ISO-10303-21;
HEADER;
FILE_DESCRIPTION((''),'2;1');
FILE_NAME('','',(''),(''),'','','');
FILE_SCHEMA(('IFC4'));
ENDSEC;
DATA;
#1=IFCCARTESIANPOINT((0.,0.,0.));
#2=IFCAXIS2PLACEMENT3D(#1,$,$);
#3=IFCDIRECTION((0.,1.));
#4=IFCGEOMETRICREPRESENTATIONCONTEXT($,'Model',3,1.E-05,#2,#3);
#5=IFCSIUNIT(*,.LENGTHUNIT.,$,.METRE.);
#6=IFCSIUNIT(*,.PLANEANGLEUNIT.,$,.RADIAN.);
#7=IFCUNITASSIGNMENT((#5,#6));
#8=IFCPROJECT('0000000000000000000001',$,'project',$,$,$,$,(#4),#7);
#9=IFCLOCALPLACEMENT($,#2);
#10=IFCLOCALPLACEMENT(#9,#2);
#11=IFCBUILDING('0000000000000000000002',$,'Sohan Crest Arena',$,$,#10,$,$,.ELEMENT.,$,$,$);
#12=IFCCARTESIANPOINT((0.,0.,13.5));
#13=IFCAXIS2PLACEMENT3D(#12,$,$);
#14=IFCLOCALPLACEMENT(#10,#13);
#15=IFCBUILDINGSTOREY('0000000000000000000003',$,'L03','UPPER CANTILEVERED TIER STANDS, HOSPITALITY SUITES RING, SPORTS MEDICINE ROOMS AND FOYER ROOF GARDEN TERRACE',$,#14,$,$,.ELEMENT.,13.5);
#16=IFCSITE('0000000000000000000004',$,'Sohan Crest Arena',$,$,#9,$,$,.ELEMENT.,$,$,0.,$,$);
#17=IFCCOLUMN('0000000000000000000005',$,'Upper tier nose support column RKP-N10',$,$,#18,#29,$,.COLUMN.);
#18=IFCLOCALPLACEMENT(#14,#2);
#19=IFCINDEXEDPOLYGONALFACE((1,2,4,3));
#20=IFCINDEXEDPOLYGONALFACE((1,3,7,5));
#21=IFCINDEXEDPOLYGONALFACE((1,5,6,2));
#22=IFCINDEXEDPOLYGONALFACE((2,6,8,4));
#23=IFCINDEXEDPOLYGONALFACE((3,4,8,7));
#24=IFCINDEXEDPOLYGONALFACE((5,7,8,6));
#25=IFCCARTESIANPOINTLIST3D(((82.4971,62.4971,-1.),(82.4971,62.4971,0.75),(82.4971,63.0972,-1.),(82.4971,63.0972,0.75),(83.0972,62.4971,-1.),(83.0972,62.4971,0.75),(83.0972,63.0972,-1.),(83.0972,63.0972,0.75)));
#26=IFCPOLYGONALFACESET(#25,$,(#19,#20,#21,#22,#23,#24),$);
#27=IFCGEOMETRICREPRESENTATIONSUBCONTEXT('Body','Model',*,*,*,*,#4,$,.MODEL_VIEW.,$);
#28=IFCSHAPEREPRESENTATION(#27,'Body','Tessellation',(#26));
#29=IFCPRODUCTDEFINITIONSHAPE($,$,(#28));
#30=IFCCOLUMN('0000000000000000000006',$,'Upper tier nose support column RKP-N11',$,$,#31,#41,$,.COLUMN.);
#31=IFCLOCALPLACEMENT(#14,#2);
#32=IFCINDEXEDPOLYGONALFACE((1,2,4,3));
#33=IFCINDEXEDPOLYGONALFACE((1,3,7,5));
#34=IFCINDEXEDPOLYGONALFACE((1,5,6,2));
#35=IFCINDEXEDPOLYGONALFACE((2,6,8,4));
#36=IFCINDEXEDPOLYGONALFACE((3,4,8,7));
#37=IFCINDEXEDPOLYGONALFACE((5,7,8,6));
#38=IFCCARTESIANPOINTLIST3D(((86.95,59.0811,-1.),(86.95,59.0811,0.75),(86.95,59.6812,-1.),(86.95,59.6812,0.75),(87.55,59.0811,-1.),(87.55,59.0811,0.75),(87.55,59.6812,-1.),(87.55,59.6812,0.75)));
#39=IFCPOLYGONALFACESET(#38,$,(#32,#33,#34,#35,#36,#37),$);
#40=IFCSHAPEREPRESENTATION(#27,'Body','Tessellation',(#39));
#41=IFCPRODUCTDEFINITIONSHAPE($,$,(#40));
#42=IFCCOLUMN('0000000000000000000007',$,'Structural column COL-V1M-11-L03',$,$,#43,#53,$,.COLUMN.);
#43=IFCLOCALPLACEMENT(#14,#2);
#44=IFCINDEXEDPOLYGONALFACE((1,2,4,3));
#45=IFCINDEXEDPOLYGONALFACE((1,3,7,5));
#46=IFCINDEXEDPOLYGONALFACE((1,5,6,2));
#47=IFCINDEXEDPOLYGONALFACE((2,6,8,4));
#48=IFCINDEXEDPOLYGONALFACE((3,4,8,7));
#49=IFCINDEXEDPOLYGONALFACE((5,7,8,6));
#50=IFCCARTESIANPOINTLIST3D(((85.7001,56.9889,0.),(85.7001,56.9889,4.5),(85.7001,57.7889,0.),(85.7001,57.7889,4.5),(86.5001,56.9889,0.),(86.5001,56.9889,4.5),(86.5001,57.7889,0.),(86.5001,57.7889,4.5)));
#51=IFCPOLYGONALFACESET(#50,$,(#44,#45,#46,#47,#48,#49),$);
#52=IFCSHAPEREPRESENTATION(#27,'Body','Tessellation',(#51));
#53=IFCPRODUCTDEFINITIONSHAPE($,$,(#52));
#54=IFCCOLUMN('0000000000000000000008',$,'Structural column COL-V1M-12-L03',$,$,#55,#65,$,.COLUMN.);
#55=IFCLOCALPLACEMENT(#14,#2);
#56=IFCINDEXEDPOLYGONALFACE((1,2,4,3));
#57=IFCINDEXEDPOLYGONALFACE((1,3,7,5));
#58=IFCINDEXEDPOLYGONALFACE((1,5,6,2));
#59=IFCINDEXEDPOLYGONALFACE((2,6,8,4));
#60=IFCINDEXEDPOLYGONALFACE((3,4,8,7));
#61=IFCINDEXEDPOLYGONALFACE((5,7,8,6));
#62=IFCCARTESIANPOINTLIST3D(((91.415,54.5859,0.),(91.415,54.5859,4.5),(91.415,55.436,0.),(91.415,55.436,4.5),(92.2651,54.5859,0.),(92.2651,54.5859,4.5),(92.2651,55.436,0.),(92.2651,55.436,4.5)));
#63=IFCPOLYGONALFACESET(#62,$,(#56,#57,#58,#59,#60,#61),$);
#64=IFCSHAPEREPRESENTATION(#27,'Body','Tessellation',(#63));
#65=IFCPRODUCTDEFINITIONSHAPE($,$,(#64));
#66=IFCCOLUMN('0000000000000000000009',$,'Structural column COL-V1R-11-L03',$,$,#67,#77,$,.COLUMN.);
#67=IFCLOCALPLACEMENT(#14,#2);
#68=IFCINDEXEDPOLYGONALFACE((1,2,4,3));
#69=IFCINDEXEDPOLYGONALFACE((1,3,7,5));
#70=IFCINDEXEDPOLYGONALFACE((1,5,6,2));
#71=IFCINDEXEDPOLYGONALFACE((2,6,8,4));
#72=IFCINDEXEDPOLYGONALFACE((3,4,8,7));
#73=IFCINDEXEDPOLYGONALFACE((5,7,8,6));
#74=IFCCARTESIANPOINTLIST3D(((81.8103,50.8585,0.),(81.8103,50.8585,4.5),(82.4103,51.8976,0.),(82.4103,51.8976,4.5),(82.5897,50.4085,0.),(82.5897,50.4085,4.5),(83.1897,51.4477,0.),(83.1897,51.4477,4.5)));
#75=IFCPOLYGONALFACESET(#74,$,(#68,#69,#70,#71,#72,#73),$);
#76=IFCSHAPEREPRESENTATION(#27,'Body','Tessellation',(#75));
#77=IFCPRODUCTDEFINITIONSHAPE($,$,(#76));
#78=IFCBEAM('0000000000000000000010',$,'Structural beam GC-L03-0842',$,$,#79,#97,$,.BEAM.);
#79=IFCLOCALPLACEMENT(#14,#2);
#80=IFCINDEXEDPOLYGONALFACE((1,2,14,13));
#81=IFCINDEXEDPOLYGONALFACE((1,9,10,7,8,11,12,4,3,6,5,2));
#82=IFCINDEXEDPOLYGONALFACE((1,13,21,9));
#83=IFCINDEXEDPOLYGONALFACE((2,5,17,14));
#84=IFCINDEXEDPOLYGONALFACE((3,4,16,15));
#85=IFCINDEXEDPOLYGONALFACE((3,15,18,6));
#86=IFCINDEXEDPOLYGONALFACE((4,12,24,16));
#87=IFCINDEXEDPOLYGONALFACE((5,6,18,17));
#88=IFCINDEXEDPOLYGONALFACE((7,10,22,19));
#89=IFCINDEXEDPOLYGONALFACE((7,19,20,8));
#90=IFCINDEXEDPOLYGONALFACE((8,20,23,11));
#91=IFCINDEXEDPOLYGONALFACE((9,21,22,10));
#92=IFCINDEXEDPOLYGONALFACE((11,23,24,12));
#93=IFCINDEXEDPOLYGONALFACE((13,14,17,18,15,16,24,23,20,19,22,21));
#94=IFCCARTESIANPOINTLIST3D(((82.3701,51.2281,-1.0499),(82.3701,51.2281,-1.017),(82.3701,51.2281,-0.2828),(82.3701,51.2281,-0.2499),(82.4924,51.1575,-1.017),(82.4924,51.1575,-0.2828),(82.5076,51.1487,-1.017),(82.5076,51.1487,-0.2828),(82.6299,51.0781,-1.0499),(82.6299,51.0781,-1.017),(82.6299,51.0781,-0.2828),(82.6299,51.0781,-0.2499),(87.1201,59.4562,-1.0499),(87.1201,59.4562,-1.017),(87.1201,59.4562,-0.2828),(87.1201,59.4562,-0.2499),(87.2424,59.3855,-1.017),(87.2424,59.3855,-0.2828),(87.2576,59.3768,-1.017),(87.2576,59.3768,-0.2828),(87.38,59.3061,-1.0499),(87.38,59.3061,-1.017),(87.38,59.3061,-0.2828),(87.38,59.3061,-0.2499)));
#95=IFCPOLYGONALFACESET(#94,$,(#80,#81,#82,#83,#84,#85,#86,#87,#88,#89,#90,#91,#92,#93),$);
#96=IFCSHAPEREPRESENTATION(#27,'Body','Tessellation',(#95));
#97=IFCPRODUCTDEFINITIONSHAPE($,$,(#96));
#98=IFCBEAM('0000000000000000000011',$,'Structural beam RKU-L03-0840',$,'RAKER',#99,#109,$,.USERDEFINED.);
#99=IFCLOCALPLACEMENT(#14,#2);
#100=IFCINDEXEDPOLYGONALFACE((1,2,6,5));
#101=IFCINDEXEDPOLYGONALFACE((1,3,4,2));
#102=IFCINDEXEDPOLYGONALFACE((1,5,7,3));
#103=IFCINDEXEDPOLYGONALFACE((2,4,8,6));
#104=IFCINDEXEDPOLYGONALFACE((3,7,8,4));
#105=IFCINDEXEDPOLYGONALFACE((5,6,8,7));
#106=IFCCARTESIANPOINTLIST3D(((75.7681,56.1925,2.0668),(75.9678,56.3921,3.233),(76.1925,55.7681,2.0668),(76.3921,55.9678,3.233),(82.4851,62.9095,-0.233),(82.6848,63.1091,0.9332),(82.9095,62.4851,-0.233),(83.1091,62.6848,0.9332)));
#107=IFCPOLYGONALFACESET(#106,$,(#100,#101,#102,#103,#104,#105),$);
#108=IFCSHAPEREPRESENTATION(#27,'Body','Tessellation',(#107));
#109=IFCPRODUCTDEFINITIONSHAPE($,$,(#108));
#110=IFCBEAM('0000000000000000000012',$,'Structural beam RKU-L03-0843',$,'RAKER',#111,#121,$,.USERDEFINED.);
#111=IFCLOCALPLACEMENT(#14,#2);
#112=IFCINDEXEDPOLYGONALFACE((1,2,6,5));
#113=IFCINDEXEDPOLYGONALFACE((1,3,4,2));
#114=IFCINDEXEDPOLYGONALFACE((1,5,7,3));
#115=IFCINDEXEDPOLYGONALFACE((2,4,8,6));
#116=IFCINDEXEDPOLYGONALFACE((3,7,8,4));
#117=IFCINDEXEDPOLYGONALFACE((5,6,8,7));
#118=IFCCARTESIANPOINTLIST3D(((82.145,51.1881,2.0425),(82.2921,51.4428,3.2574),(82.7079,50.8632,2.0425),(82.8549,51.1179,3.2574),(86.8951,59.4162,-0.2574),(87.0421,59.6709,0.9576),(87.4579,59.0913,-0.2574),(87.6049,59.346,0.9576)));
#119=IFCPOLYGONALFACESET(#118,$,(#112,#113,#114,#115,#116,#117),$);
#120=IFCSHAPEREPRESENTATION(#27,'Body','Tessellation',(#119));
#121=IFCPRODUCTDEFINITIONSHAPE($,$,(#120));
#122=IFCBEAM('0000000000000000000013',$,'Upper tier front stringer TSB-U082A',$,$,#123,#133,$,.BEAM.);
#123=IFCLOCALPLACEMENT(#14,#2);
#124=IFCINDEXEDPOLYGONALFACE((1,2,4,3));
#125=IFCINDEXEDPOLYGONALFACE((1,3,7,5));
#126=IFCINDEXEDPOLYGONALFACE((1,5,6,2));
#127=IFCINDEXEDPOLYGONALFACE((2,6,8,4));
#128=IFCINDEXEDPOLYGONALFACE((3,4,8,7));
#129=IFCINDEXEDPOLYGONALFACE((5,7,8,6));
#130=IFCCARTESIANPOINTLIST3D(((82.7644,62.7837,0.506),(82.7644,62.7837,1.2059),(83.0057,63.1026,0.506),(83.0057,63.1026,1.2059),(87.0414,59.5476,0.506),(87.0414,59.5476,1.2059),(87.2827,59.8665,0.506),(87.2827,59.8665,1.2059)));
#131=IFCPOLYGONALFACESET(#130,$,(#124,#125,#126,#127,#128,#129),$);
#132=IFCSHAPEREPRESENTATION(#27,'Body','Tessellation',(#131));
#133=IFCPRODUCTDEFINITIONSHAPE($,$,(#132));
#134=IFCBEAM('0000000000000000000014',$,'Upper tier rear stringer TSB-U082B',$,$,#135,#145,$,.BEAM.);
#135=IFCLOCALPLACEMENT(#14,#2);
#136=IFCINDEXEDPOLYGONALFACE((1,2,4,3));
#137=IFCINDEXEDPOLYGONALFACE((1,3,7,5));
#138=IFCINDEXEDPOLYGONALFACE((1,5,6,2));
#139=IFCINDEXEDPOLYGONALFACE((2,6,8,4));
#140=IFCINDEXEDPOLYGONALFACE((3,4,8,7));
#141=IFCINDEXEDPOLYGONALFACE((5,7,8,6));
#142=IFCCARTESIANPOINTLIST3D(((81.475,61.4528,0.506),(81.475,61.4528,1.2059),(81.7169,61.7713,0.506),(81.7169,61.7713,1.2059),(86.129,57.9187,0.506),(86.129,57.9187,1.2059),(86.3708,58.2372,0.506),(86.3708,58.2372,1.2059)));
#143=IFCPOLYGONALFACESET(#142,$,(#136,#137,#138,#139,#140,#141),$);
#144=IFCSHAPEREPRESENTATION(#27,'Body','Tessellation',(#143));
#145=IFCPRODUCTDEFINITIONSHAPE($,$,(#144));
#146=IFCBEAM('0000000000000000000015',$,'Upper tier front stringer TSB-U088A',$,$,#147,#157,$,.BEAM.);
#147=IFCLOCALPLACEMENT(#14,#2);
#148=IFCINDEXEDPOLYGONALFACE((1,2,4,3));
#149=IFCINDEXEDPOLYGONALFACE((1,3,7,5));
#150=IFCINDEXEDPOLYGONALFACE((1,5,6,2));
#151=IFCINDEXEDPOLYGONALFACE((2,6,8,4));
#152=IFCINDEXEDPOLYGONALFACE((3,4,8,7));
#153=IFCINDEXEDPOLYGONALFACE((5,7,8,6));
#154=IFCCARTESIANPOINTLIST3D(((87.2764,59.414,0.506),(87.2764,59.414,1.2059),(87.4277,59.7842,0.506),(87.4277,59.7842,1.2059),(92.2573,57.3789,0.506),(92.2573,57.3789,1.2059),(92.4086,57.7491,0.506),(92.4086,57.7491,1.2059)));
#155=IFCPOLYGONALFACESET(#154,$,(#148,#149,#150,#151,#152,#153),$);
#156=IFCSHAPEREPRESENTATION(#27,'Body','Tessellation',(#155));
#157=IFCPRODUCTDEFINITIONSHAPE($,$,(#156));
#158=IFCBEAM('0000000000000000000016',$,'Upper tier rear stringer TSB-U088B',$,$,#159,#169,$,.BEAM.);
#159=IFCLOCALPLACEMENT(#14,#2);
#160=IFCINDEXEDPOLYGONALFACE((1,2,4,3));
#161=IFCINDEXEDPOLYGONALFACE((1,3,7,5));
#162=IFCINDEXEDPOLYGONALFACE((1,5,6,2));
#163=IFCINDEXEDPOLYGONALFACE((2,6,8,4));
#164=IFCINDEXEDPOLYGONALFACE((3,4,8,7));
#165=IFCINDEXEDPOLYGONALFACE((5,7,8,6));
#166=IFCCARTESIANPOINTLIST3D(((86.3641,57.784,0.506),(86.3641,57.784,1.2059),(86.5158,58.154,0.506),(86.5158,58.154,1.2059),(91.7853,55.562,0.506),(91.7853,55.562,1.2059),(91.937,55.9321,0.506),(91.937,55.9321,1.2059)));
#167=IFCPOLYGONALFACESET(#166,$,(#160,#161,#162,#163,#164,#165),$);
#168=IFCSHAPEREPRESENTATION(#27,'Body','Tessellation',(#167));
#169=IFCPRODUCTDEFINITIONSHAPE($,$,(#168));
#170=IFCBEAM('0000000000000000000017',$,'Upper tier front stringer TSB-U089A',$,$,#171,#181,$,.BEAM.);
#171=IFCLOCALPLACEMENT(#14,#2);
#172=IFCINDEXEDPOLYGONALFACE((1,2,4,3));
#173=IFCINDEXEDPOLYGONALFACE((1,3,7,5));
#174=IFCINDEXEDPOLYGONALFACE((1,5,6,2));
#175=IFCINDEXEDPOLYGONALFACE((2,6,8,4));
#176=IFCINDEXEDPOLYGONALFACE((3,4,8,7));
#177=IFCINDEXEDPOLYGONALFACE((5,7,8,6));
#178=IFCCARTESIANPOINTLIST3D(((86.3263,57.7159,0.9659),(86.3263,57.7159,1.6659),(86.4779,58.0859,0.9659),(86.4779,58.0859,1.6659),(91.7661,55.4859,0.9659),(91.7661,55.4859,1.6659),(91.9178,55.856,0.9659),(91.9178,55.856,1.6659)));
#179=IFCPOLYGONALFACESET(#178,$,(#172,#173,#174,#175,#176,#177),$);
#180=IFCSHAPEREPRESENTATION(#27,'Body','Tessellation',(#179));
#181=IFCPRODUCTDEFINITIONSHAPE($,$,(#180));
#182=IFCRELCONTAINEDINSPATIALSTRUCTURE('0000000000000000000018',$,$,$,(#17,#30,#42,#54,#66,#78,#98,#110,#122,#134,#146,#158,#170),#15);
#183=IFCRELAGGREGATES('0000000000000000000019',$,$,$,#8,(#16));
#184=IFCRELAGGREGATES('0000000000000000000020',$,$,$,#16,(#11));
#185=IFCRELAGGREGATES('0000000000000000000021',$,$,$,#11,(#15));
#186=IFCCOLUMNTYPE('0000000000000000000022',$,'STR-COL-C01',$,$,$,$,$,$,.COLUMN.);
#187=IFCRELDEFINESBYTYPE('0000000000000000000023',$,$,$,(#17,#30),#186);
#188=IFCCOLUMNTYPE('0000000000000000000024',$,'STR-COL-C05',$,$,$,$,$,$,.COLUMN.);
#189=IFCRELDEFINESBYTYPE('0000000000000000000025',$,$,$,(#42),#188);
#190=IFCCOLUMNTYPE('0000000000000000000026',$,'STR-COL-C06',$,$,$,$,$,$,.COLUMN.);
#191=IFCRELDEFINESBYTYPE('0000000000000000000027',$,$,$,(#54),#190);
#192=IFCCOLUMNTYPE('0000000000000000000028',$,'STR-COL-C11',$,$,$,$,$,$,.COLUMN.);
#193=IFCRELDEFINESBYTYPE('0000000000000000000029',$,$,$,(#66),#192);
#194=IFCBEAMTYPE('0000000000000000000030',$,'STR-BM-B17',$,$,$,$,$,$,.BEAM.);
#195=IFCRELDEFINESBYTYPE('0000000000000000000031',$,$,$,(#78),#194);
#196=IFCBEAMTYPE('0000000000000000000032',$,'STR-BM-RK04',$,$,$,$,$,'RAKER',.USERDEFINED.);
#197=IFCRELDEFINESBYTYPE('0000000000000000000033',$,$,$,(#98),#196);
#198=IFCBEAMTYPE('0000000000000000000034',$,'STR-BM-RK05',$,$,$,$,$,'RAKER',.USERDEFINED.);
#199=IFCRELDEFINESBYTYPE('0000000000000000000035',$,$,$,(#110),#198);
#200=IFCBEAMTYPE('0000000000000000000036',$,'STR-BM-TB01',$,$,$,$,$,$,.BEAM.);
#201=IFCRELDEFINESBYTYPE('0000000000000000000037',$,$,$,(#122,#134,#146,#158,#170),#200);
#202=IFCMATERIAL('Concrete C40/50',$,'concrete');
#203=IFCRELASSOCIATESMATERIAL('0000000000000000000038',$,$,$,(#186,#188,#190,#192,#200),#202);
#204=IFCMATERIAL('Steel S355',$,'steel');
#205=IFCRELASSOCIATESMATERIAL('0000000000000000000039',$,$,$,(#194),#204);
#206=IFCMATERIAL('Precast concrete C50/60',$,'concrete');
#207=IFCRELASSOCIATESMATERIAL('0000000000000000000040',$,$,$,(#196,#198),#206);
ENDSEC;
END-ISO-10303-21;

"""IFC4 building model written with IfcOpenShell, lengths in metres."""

from ifc_helpers import new_model, si_unit, direction, frame, origin, origin_2d, place, context, subcontext, project, spatial, rectangle, i_section, extrude, material, material_profile, profile_set, type_object, element, save


model = new_model("IFC4")

# Units and contexts
model_context = context("Model", 3, precision=1e-05, world=origin(), true_north=direction((0.0, 1.0)))
body_context = subcontext(model_context, "Body", "Model", "MODEL_VIEW")
ifc_project = project(units=[si_unit("LENGTHUNIT", "METRE"), si_unit("PLANEANGLEUNIT", "RADIAN")], contexts=[model_context])

# Site, building, storey
site_placement = place(None, origin())
site = spatial("IfcSite", under=ifc_project, at=site_placement, Name="Sohan Crest Arena", CompositionType="ELEMENT", RefElevation=0.0)
building_placement = place(site_placement, origin())
building = spatial("IfcBuilding", under=site, at=building_placement, Name="Sohan Crest Arena", CompositionType="ELEMENT")
storey_placement = place(building_placement, frame((0.0, 0.0, 13.5)))
storey = spatial("IfcBuildingStorey", under=building, at=storey_placement, Name="L03", Description="UPPER CANTILEVERED TIER STANDS, HOSPITALITY SUITES RING, SPORTS MEDICINE ROOMS AND FOYER ROOF GARDEN TERRACE", CompositionType="ELEMENT", Elevation=13.5)

# Columns
ifc_material_1 = material(Name="Concrete C40/50", Category="concrete")
ifc_material_profile_1 = material_profile(ifc_material_1, rectangle(XDim=0.6001, YDim=0.6001, at=origin_2d()), Name="RC 600x600")
ifc_profile_set_1 = profile_set([ifc_material_profile_1], Name="Concrete C40/50")
column_type_1 = type_object("IfcColumnType", Name="STR-COL-C01", PredefinedType="COLUMN", material=ifc_profile_set_1)
for number, where, z_axis, x_axis, name in (
    (1, (82.7971, 62.7971, -1.0), (0.0, 0.0, 1.0), (1.0, 0.0, 0.0), "Upper tier nose support column RKP-N10"),
    (2, (87.25, 59.3811, -1.0), (0.0, 0.0, 1.0), (1.0, 0.0, 0.0), "Upper tier nose support column RKP-N11"),
):
    element("IfcColumn", number, at=place(storey_placement, frame(where, z_axis=z_axis, x_axis=x_axis)), inside=storey, type_object=column_type_1, Name=name, PredefinedType="COLUMN", context=body_context, shape_type="SweptSolid", body=[
        extrude(rectangle(XDim=0.6001, YDim=0.6001, at=origin_2d()), origin(), (0.0, 0.0, 1.0), 1.75),
    ])
ifc_material_profile_2 = material_profile(ifc_material_1, rectangle(XDim=0.8, YDim=0.8, at=origin_2d()), Name="RC 800x800")
ifc_profile_set_2 = profile_set([ifc_material_profile_2], Name="Concrete C40/50")
column_type_2 = type_object("IfcColumnType", Name="STR-COL-C05", PredefinedType="COLUMN", material=ifc_profile_set_2)
column_1_placement = place(storey_placement, frame((86.1001, 57.3889, 0.0), z_axis=(0.0, 0.0, 1.0), x_axis=(1.0, 0.0, 0.0)))
element("IfcColumn", 3, at=column_1_placement, inside=storey, type_object=column_type_2, Name="Structural column COL-V1M-11-L03", PredefinedType="COLUMN", context=body_context, shape_type="SweptSolid", body=[
    extrude(rectangle(XDim=0.8, YDim=0.8, at=origin_2d()), origin(), (0.0, 0.0, 1.0), 4.5),
])
ifc_material_profile_3 = material_profile(ifc_material_1, rectangle(XDim=0.8501, YDim=0.8501, at=origin_2d()), Name="RC 850x850")
ifc_profile_set_3 = profile_set([ifc_material_profile_3], Name="Concrete C40/50")
column_type_3 = type_object("IfcColumnType", Name="STR-COL-C06", PredefinedType="COLUMN", material=ifc_profile_set_3)
column_2_placement = place(storey_placement, frame((91.8401, 55.011, 0.0), z_axis=(0.0, 0.0, 1.0), x_axis=(1.0, 0.0, 0.0)))
element("IfcColumn", 4, at=column_2_placement, inside=storey, type_object=column_type_3, Name="Structural column COL-V1M-12-L03", PredefinedType="COLUMN", context=body_context, shape_type="SweptSolid", body=[
    extrude(rectangle(XDim=0.8501, YDim=0.8501, at=origin_2d()), origin(), (0.0, 0.0, 1.0), 4.5),
])
ifc_material_profile_4 = material_profile(ifc_material_1, rectangle(XDim=1.2, YDim=0.8999, at=origin_2d()), Name="RC 1200x900")
ifc_profile_set_4 = profile_set([ifc_material_profile_4], Name="Concrete C40/50")
column_type_4 = type_object("IfcColumnType", Name="STR-COL-C11", PredefinedType="COLUMN", material=ifc_profile_set_4)
column_3_placement = place(storey_placement, frame((82.5, 51.1531, 0.0), z_axis=(0.0, 0.0, 1.0), x_axis=(0.5, 0.866025, 0.0)))
element("IfcColumn", 5, at=column_3_placement, inside=storey, type_object=column_type_4, Name="Structural column COL-V1R-11-L03", PredefinedType="COLUMN", context=body_context, shape_type="SweptSolid", body=[
    extrude(rectangle(XDim=1.2, YDim=0.8999, at=origin_2d()), origin(), (0.0, 0.0, 1.0), 4.5),
])

# Beams
ifc_material_2 = material(Name="Steel S355", Category="steel")
ifc_material_profile_5 = material_profile(ifc_material_2, i_section(OverallWidth=0.3, OverallDepth=0.8, WebThickness=0.0176, FlangeThickness=0.033, at=origin_2d()), Name="HEB 800")
ifc_profile_set_5 = profile_set([ifc_material_profile_5], Name="Steel S355")
beam_type_1 = type_object("IfcBeamType", Name="STR-BM-B17", PredefinedType="BEAM", material=ifc_profile_set_5)
beam_1_placement = place(storey_placement, frame((82.5, 51.1531, -0.6499), z_axis=(0.499964, 0.866046, 0.0), x_axis=(-0.866046, 0.499964, 0.0)))
element("IfcBeam", 6, at=beam_1_placement, inside=storey, type_object=beam_type_1, Name="Structural beam GC-L03-0842", PredefinedType="BEAM", context=body_context, shape_type="SweptSolid", body=[
    extrude(i_section(OverallWidth=0.3, OverallDepth=0.8, WebThickness=0.0176, FlangeThickness=0.033, at=origin_2d()), origin(), (0.0, 0.0, 1.0), 9.5007),
])
ifc_material_3 = material(Name="Precast concrete C50/60", Category="concrete")
ifc_material_profile_6 = material_profile(ifc_material_3, rectangle(XDim=0.6001, YDim=1.2, at=origin_2d()), Name="RAKER 600x1200")
ifc_profile_set_6 = profile_set([ifc_material_profile_6], Name="Precast concrete C50/60")
beam_type_2 = type_object("IfcBeamType", Name="STR-BM-RK04", ElementType="RAKER", PredefinedType="USERDEFINED", material=ifc_profile_set_6)
beam_2_placement = place(storey_placement, frame((82.7971, 62.7971, 0.3501), z_axis=(-0.687253, -0.687253, 0.235304), x_axis=(0.707107, -0.707107, 0.0)))
element("IfcBeam", 7, at=beam_2_placement, inside=storey, type_object=beam_type_2, Name="Structural beam RKU-L03-0840", ObjectType="RAKER", PredefinedType="USERDEFINED", context=body_context, shape_type="SweptSolid", body=[
    extrude(rectangle(XDim=0.6001, YDim=1.2, at=origin_2d()), origin(), (0.0, 0.0, 1.0), 9.7737),
])
ifc_material_profile_7 = material_profile(ifc_material_3, rectangle(XDim=0.6499, YDim=1.25, at=origin_2d()), Name="RAKER 650x1250")
ifc_profile_set_7 = profile_set([ifc_material_profile_7], Name="Precast concrete C50/60")
beam_type_3 = type_object("IfcBeamType", Name="STR-BM-RK05", ElementType="RAKER", PredefinedType="USERDEFINED", material=ifc_profile_set_7)
beam_3_placement = place(storey_placement, frame((87.25, 59.3811, 0.3501), z_axis=(-0.48593, -0.841736, 0.235272), x_axis=(0.866046, -0.499964, 0.0)))
element("IfcBeam", 8, at=beam_3_placement, inside=storey, type_object=beam_type_3, Name="Structural beam RKU-L03-0843", ObjectType="RAKER", PredefinedType="USERDEFINED", context=body_context, shape_type="SweptSolid", body=[
    extrude(rectangle(XDim=0.6499, YDim=1.25, at=origin_2d()), origin(), (0.0, 0.0, 1.0), 9.7751),
])
ifc_material_profile_8 = material_profile(ifc_material_1, rectangle(XDim=0.3999, YDim=0.7, at=origin_2d()), Name="RC-BM 400x700")
ifc_profile_set_8 = profile_set([ifc_material_profile_8], Name="Concrete C40/50")
beam_type_4 = type_object("IfcBeamType", Name="STR-BM-TB01", PredefinedType="BEAM", material=ifc_profile_set_8)
beam_4_placement = place(storey_placement, frame((82.885, 62.9431, 0.856), z_axis=(0.797464, -0.603367, 0.0), x_axis=(0.603367, 0.797464, 0.0)))
element("IfcBeam", 9, at=beam_4_placement, inside=storey, type_object=beam_type_4, Name="Upper tier front stringer TSB-U082A", PredefinedType="BEAM", context=body_context, shape_type="SweptSolid", body=[
    extrude(rectangle(XDim=0.3999, YDim=0.7, at=origin_2d()), origin(), (0.0, 0.0, 1.0), 5.3633),
])
beam_5_placement = place(storey_placement, frame((81.5959, 61.6121, 0.856), z_axis=(0.796401, -0.604769, 0.0), x_axis=(0.604769, 0.796401, 0.0)))
element("IfcBeam", 10, at=beam_5_placement, inside=storey, type_object=beam_type_4, Name="Upper tier rear stringer TSB-U082B", PredefinedType="BEAM", context=body_context, shape_type="SweptSolid", body=[
    extrude(rectangle(XDim=0.3999, YDim=0.7, at=origin_2d()), origin(), (0.0, 0.0, 1.0), 5.8438),
])
beam_6_placement = place(storey_placement, frame((87.3521, 59.5991, 0.856), z_axis=(0.92571, -0.378234, 0.0), x_axis=(0.378234, 0.92571, 0.0)))
element("IfcBeam", 11, at=beam_6_placement, inside=storey, type_object=beam_type_4, Name="Upper tier front stringer TSB-U088A", PredefinedType="BEAM", context=body_context, shape_type="SweptSolid", body=[
    extrude(rectangle(XDim=0.3999, YDim=0.7, at=origin_2d()), origin(), (0.0, 0.0, 1.0), 5.3806),
])
beam_7_placement = place(storey_placement, frame((86.4399, 57.969, 0.856), z_axis=(0.925297, -0.379244, 0.0), x_axis=(0.379244, 0.925297, 0.0)))
element("IfcBeam", 12, at=beam_7_placement, inside=storey, type_object=beam_type_4, Name="Upper tier rear stringer TSB-U088B", PredefinedType="BEAM", context=body_context, shape_type="SweptSolid", body=[
    extrude(rectangle(XDim=0.3999, YDim=0.7, at=origin_2d()), origin(), (0.0, 0.0, 1.0), 5.8589),
])
beam_8_placement = place(storey_placement, frame((86.4021, 57.9009, 1.3159), z_axis=(0.925276, -0.379296, 0.0), x_axis=(0.379296, 0.925276, 0.0)))
element("IfcBeam", 13, at=beam_8_placement, inside=storey, type_object=beam_type_4, Name="Upper tier front stringer TSB-U089A", PredefinedType="BEAM", context=body_context, shape_type="SweptSolid", body=[
    extrude(rectangle(XDim=0.3999, YDim=0.7, at=origin_2d()), origin(), (0.0, 0.0, 1.0), 5.8792),
])

save(model, "model.ifc")
